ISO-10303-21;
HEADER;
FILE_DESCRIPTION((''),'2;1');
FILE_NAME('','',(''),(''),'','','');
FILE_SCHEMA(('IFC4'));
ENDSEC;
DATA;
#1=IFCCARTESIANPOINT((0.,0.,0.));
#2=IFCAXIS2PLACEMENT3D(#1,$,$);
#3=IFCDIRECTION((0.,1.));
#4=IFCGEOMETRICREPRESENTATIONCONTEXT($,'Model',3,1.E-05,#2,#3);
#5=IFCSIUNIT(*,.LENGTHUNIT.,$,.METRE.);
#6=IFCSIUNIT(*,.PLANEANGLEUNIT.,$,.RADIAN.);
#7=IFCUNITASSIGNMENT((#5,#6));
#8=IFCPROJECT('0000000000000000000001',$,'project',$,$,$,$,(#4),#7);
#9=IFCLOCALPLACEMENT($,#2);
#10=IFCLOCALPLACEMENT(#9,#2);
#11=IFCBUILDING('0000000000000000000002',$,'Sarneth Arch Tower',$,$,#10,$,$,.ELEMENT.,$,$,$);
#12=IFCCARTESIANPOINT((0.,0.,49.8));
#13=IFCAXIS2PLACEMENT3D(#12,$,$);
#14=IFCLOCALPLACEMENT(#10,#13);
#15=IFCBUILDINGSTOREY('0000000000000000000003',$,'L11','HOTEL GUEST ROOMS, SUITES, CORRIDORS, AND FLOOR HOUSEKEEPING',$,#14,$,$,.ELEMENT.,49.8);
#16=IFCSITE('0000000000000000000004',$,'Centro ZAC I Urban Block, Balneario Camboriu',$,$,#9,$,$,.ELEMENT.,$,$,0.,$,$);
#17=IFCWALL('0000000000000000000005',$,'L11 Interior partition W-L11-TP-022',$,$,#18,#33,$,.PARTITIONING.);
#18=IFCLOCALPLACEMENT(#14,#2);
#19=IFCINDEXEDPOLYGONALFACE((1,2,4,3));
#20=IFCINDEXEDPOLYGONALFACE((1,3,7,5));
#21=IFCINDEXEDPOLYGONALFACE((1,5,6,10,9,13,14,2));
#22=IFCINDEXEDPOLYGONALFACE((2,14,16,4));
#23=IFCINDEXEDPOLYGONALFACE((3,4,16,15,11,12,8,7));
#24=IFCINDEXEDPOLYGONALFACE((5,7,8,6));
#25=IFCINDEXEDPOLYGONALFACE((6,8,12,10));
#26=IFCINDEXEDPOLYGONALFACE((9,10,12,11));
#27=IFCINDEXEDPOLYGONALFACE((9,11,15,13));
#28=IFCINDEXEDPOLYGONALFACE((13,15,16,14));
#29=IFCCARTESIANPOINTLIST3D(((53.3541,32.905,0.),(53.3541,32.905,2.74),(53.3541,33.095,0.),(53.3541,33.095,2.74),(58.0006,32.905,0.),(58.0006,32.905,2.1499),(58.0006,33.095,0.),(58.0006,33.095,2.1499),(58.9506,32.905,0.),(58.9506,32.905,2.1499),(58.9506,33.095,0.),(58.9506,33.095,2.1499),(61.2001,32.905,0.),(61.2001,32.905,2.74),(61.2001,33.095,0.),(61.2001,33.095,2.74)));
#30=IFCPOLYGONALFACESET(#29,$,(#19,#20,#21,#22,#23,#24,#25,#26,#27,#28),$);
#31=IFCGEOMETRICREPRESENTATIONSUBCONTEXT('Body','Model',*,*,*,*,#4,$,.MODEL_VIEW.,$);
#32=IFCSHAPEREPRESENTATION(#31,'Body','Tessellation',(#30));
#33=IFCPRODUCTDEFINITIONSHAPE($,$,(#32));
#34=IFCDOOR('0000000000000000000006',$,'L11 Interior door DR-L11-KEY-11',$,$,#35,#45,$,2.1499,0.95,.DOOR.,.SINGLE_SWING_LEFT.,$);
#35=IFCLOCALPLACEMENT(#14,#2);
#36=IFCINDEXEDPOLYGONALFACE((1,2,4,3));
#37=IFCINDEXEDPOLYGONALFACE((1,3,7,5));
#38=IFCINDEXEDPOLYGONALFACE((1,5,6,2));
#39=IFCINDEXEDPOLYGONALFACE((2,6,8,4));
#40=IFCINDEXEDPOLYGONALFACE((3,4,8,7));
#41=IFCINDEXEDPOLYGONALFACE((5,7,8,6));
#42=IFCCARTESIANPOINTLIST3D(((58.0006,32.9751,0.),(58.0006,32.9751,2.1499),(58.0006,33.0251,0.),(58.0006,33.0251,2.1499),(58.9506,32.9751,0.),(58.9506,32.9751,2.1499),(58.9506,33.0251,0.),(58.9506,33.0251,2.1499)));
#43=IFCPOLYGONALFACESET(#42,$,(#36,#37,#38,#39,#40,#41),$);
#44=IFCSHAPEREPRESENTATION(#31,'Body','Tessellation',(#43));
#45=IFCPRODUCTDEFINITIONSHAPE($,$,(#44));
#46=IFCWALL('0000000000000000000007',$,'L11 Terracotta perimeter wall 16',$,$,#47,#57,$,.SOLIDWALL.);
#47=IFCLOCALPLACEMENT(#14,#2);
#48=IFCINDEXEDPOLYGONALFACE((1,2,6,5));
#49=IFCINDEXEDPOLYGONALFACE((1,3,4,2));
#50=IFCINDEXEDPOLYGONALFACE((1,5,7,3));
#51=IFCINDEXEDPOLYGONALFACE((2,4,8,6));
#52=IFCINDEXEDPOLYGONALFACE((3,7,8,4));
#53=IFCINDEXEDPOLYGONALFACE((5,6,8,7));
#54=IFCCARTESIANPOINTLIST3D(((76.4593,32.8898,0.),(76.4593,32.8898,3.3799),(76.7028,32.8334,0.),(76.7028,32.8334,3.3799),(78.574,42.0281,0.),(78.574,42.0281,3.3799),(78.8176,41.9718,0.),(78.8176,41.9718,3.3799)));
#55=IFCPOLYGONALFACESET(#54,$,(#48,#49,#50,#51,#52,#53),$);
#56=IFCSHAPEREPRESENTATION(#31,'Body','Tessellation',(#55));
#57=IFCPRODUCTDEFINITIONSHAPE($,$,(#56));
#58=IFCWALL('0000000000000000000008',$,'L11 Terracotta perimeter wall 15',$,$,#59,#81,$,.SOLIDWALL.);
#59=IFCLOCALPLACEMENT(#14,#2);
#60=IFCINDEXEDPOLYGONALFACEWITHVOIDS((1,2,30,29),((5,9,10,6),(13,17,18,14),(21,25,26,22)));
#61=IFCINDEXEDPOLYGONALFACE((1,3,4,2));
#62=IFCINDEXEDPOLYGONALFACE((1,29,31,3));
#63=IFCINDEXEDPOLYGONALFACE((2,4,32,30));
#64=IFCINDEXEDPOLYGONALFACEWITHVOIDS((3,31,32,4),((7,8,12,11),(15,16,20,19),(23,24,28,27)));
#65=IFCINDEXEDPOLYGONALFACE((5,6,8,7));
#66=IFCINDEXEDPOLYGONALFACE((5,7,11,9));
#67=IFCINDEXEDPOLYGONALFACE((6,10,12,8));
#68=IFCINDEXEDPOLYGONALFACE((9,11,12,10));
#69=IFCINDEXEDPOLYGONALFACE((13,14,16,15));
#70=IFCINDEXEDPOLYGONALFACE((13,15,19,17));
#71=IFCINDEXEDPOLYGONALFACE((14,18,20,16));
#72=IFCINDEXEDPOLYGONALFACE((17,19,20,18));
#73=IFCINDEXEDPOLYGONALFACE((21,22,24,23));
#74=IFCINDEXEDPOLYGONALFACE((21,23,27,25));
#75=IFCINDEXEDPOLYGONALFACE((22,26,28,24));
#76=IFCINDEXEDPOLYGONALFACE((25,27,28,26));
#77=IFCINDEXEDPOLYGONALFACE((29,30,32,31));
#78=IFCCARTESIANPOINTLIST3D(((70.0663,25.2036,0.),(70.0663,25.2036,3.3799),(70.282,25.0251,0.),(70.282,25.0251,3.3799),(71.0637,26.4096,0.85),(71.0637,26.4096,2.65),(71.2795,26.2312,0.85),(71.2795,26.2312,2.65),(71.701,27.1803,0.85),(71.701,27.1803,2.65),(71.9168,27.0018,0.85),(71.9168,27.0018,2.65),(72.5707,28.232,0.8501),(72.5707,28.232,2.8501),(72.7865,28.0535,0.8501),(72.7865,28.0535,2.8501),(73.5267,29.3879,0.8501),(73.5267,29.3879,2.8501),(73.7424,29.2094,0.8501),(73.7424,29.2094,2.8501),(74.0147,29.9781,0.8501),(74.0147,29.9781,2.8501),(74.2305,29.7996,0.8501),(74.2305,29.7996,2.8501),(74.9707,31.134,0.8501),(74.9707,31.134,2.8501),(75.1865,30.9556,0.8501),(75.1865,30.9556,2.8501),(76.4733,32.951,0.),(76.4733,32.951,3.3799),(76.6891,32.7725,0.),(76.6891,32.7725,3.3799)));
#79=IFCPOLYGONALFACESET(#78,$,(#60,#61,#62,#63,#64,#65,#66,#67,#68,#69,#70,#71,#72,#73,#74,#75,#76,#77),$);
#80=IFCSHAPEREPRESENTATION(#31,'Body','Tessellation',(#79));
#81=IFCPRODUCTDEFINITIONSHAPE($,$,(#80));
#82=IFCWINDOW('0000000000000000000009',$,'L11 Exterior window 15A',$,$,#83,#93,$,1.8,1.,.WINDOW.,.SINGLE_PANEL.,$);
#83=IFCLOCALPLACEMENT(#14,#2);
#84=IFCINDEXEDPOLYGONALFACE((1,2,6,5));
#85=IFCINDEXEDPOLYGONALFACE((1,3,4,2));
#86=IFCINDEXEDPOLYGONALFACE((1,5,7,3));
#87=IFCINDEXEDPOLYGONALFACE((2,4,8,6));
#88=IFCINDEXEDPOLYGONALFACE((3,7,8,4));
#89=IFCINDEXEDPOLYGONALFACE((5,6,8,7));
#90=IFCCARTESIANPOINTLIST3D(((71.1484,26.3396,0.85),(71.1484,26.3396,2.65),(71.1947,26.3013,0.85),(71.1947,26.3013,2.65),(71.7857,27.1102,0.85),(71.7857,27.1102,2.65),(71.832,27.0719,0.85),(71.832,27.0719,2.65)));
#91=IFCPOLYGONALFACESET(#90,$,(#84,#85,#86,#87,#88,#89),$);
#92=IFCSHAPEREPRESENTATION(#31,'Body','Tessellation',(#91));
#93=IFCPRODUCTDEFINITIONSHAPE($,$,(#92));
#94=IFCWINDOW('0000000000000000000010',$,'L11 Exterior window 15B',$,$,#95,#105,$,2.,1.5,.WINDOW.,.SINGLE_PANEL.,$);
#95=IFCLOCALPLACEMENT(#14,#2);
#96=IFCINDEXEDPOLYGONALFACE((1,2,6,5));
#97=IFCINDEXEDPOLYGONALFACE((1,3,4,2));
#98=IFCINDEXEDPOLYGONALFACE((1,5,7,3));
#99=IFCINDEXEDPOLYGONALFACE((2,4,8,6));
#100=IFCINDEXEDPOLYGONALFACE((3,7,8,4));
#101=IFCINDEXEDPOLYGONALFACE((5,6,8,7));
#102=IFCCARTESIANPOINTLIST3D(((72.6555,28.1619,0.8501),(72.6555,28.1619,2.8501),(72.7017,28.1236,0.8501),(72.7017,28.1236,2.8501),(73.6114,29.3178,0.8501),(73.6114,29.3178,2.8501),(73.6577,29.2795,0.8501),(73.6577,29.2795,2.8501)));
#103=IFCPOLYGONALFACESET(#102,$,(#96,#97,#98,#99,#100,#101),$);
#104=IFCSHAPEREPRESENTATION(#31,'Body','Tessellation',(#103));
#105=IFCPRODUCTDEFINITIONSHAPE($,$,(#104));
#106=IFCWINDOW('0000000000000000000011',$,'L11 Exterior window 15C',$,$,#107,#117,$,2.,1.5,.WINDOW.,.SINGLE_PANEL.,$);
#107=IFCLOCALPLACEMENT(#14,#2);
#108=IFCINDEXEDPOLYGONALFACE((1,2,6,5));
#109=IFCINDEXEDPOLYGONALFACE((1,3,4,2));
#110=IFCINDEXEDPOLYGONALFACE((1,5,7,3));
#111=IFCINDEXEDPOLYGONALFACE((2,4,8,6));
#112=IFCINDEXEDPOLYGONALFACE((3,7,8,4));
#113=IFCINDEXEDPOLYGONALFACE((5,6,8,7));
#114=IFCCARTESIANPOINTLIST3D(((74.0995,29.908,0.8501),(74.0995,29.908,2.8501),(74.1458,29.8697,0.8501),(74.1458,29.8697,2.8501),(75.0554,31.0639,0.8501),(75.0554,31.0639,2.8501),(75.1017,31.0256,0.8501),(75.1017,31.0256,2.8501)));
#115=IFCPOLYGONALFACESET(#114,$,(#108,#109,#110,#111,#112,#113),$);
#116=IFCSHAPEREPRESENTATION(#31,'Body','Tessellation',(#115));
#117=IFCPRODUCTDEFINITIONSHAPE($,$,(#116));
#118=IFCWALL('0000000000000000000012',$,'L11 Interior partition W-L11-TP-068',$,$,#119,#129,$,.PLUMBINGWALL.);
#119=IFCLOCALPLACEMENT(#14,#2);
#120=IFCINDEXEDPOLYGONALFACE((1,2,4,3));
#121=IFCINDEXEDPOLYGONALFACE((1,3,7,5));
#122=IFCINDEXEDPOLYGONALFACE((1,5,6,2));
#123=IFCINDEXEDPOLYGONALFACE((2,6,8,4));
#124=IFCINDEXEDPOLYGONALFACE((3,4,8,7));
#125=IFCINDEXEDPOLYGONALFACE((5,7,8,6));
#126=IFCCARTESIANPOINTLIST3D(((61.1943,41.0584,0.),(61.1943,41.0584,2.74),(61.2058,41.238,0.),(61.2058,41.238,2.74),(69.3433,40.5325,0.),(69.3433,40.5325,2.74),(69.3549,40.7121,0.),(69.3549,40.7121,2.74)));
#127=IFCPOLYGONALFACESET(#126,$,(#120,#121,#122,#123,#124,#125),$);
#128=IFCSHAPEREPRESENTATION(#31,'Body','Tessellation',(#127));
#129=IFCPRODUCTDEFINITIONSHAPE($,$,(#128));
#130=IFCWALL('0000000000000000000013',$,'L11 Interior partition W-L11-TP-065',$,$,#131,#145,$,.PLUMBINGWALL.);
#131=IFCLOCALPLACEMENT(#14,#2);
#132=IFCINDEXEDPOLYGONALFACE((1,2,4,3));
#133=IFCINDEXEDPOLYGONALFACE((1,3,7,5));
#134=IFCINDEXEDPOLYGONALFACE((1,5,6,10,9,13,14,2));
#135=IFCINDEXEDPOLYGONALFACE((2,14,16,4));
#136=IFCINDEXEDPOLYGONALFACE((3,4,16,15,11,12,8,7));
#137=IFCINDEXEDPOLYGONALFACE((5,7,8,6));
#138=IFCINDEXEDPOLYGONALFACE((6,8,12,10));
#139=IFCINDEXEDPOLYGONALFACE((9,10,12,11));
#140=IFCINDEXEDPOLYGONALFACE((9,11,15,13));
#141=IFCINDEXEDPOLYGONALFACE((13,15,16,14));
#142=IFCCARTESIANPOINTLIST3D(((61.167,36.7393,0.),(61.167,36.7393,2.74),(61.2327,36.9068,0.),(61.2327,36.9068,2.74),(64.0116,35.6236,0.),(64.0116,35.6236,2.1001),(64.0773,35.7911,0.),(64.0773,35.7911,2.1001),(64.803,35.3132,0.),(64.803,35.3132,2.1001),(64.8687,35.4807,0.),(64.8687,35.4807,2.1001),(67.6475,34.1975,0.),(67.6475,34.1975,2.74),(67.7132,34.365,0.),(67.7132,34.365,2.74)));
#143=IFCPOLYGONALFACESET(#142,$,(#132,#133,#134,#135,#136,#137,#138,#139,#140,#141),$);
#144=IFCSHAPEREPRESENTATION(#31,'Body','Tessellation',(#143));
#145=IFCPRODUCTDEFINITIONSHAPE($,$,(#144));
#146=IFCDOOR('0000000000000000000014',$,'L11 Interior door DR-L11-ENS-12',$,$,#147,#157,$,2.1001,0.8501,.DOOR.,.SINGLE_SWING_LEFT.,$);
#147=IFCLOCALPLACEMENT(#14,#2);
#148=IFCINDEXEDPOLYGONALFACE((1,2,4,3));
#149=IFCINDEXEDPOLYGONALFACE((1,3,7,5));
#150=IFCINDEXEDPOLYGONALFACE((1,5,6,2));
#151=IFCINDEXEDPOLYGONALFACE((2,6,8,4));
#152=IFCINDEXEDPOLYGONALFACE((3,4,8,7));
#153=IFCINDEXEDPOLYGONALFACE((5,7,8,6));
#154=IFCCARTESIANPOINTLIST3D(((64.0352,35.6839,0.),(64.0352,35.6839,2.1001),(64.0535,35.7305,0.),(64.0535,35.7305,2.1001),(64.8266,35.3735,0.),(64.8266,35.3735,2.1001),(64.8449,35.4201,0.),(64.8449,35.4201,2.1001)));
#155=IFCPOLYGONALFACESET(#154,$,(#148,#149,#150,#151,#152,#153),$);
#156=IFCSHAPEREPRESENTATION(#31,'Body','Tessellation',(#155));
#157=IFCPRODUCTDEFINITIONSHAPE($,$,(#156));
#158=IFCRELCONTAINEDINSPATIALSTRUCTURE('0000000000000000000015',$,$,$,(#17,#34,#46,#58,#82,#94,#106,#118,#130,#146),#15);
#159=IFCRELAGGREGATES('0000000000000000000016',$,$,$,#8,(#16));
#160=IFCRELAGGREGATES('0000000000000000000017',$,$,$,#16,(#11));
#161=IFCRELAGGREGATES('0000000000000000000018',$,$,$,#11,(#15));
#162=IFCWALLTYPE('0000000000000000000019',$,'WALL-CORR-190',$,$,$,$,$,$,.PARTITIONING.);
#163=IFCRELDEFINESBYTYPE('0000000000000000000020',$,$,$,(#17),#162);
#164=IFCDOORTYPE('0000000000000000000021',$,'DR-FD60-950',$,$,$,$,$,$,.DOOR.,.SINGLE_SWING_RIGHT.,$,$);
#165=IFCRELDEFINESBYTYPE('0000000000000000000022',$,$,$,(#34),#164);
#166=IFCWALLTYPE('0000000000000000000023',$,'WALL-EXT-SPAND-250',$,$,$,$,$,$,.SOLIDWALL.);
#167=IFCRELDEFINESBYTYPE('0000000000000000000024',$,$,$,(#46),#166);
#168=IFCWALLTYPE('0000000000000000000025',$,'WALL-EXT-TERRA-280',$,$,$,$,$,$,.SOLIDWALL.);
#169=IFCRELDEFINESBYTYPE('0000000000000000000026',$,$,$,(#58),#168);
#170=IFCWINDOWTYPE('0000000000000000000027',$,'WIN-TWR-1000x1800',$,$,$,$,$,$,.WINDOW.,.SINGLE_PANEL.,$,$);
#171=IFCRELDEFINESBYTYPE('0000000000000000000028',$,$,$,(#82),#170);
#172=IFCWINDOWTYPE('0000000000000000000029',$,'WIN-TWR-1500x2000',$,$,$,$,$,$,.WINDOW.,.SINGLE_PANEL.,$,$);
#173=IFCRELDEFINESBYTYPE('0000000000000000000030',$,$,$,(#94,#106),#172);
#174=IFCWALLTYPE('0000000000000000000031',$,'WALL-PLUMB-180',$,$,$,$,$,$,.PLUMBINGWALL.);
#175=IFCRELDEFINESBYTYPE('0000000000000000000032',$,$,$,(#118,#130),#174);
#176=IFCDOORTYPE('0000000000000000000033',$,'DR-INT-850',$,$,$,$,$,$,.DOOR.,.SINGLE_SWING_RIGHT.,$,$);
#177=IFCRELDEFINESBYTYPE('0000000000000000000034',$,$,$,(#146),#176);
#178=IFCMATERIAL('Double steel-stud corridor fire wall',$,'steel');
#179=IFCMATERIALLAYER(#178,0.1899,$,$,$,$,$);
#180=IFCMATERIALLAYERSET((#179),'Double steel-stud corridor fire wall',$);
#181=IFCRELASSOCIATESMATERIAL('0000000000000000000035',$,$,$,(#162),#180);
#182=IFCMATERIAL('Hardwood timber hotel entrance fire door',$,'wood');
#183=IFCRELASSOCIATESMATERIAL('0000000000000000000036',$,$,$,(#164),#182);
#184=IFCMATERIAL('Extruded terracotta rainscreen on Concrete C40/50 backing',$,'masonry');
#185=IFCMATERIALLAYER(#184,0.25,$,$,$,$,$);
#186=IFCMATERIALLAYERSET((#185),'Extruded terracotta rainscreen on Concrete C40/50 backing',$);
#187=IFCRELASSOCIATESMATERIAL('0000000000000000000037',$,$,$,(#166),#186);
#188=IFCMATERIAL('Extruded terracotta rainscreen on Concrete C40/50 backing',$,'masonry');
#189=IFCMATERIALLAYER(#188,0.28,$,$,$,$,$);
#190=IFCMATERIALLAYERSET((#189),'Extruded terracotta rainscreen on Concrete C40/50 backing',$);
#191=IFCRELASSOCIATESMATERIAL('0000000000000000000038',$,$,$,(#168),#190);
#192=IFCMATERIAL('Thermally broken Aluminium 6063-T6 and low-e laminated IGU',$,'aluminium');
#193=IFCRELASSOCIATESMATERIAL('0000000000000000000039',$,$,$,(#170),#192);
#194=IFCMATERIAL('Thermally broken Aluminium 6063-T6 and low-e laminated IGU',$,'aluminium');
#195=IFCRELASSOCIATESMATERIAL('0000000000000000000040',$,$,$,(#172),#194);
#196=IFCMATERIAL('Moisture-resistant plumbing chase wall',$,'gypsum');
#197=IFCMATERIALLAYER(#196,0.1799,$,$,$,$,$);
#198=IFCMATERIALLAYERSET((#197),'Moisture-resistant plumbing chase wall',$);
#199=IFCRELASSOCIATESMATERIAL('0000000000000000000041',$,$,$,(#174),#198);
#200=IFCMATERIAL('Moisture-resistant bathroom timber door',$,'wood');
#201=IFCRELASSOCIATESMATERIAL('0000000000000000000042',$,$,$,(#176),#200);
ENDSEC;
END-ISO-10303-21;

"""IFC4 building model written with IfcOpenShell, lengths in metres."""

from ifc_helpers import new_model, si_unit, direction, frame, frame_2d, origin, place, context, subcontext, project, spatial, rectangle, extrude, material, layer, layer_set, type_object, element, fill, save


model = new_model("IFC4")

# Units and contexts
model_context = context("Model", 3, precision=1e-05, world=origin(), true_north=direction((0.0, 1.0)))
body_context = subcontext(model_context, "Body", "Model", "MODEL_VIEW")
ifc_project = project(units=[si_unit("LENGTHUNIT", "METRE"), si_unit("PLANEANGLEUNIT", "RADIAN")], contexts=[model_context])

# Site, building, storey
site_placement = place(None, origin())
site = spatial("IfcSite", under=ifc_project, at=site_placement, Name="Centro ZAC I Urban Block, Balneario Camboriu", CompositionType="ELEMENT", RefElevation=0.0)
building_placement = place(site_placement, origin())
building = spatial("IfcBuilding", under=site, at=building_placement, Name="Sarneth Arch Tower", CompositionType="ELEMENT")
storey_placement = place(building_placement, frame((0.0, 0.0, 49.8)))
storey = spatial("IfcBuildingStorey", under=building, at=storey_placement, Name="L11", Description="HOTEL GUEST ROOMS, SUITES, CORRIDORS, AND FLOOR HOUSEKEEPING", CompositionType="ELEMENT", Elevation=49.8)

# Wall, opening, door
ifc_material_1 = material(Name="Double steel-stud corridor fire wall", Category="steel")
ifc_layer_1 = layer(ifc_material_1, 0.1899)
ifc_layer_set_1 = layer_set([ifc_layer_1], Name="Double steel-stud corridor fire wall")
wall_type_1 = type_object("IfcWallType", Name="WALL-CORR-190", PredefinedType="PARTITIONING", material=ifc_layer_set_1)
wall_1_placement = place(storey_placement, frame((61.2, 33.0, 0.0), z_axis=(0.0, 0.0, 1.0), x_axis=(-1.0, 0.0, 0.0)))
wall_1 = element("IfcWall", 1, at=wall_1_placement, inside=storey, type_object=wall_type_1, Name="L11 Interior partition W-L11-TP-022", PredefinedType="PARTITIONING", context=body_context, shape_type="SweptSolid", body=[
    extrude(rectangle(XDim=7.8459, YDim=0.1899, at=frame_2d((3.9229, 0.0))), origin(), (0.0, 0.0, 1.0), 2.74),
])
opening_1_placement = place(wall_1_placement, frame((2.2493, 0.0, 0.0)))
opening_1 = element("IfcOpeningElement", 2, at=opening_1_placement, cuts=wall_1, PredefinedType="OPENING", context=body_context, shape_type="SweptSolid", body=[
    extrude(rectangle(XDim=0.95, YDim=2.1499, at=frame_2d((0.4751, 1.075))), frame((0.0, 0.105, 0.0), z_axis=(0.0, -1.0, 0.0), x_axis=(1.0, 0.0, 0.0)), (0.0, 0.0, 1.0), 0.21),
])
ifc_material_2 = material(Name="Hardwood timber hotel entrance fire door", Category="wood")
door_type_1 = type_object("IfcDoorType", Name="DR-FD60-950", OperationType="SINGLE_SWING_RIGHT", PredefinedType="DOOR", material=ifc_material_2)
door_1_placement = place(opening_1_placement, origin())
door_1 = element("IfcDoor", 3, at=door_1_placement, inside=storey, type_object=door_type_1, Name="L11 Interior door DR-L11-KEY-11", OperationType="SINGLE_SWING_LEFT", OverallHeight=2.1499, OverallWidth=0.95, PredefinedType="DOOR", context=body_context, shape_type="SweptSolid", body=[
    extrude(rectangle(XDim=0.95, YDim=2.1499, at=frame_2d((0.4751, 1.075))), frame((0.0, 0.0249, 0.0), z_axis=(0.0, -1.0, 0.0), x_axis=(1.0, 0.0, 0.0)), (0.0, 0.0, 1.0), 0.05),
])
fill(opening_1, door_1)

# Wall
ifc_material_3 = material(Name="Extruded terracotta rainscreen on Concrete C40/50 backing", Category="masonry")
ifc_layer_2 = layer(ifc_material_3, 0.25)
ifc_layer_set_2 = layer_set([ifc_layer_2], Name="Extruded terracotta rainscreen on Concrete C40/50 backing")
wall_type_2 = type_object("IfcWallType", Name="WALL-EXT-SPAND-250", PredefinedType="SOLIDWALL", material=ifc_layer_set_2)
wall_2_placement = place(storey_placement, frame((76.5811, 32.8616, 0.0), z_axis=(0.0, 0.0, 1.0), x_axis=(0.225454, 0.974254, 0.0)))
element("IfcWall", 4, at=wall_2_placement, inside=storey, type_object=wall_type_2, Name="L11 Terracotta perimeter wall 16", PredefinedType="SOLIDWALL", context=body_context, shape_type="SweptSolid", body=[
    extrude(rectangle(XDim=9.3799, YDim=0.25, at=frame_2d((4.6899, 0.0))), origin(), (0.0, 0.0, 1.0), 3.3799),
])

# Wall, openings, windows
ifc_material_4 = material(Name="Extruded terracotta rainscreen on Concrete C40/50 backing", Category="masonry")
ifc_layer_3 = layer(ifc_material_4, 0.28)
ifc_layer_set_3 = layer_set([ifc_layer_3], Name="Extruded terracotta rainscreen on Concrete C40/50 backing")
wall_type_3 = type_object("IfcWallType", Name="WALL-EXT-TERRA-280", PredefinedType="SOLIDWALL", material=ifc_layer_set_3)
wall_3_placement = place(storey_placement, frame((70.1741, 25.1143, 0.0), z_axis=(0.0, 0.0, 1.0), x_axis=(0.637297, 0.770618, 0.0)))
wall_3 = element("IfcWall", 5, at=wall_3_placement, inside=storey, type_object=wall_type_3, Name="L11 Terracotta perimeter wall 15", PredefinedType="SOLIDWALL", context=body_context, shape_type="SweptSolid", body=[
    extrude(rectangle(XDim=10.0535, YDim=0.28, at=frame_2d((5.0269, 0.0))), origin(), (0.0, 0.0, 1.0), 3.3799),
])
opening_2_placement = place(wall_3_placement, frame((1.5652, 0.0, 0.8501)))
opening_2 = element("IfcOpeningElement", 6, at=opening_2_placement, cuts=wall_3, PredefinedType="OPENING", context=body_context, shape_type="SweptSolid", body=[
    extrude(rectangle(XDim=1.0, YDim=1.8, at=frame_2d((0.5, 0.8999))), frame((0.0, 0.1499, 0.0), z_axis=(0.0, -1.0, 0.0), x_axis=(1.0, 0.0, 0.0)), (0.0, 0.0, 1.0), 0.3),
])
opening_3_placement = place(wall_3_placement, frame((3.9299, 0.0, 0.8501)))
opening_3 = element("IfcOpeningElement", 7, at=opening_3_placement, cuts=wall_3, PredefinedType="OPENING", context=body_context, shape_type="SweptSolid", body=[
    extrude(rectangle(XDim=1.5, YDim=2.0, at=frame_2d((0.75, 1.0))), frame((0.0, 0.1499, 0.0), z_axis=(0.0, -1.0, 0.0), x_axis=(1.0, 0.0, 0.0)), (0.0, 0.0, 1.0), 0.3),
])
opening_4_placement = place(wall_3_placement, frame((6.1958, 0.0, 0.8501)))
opening_4 = element("IfcOpeningElement", 8, at=opening_4_placement, cuts=wall_3, PredefinedType="OPENING", context=body_context, shape_type="SweptSolid", body=[
    extrude(rectangle(XDim=1.5, YDim=2.0, at=frame_2d((0.75, 1.0))), frame((0.0, 0.1499, 0.0), z_axis=(0.0, -1.0, 0.0), x_axis=(1.0, 0.0, 0.0)), (0.0, 0.0, 1.0), 0.3),
])
ifc_material_5 = material(Name="Thermally broken Aluminium 6063-T6 and low-e laminated IGU", Category="aluminium")
window_type_1 = type_object("IfcWindowType", Name="WIN-TWR-1000x1800", PartitioningType="SINGLE_PANEL", PredefinedType="WINDOW", material=ifc_material_5)
window_1_placement = place(opening_2_placement, origin())
window_1 = element("IfcWindow", 9, at=window_1_placement, inside=storey, type_object=window_type_1, Name="L11 Exterior window 15A", OverallHeight=1.8, OverallWidth=1.0, PartitioningType="SINGLE_PANEL", PredefinedType="WINDOW", context=body_context, shape_type="SweptSolid", body=[
    extrude(rectangle(XDim=1.0, YDim=1.8, at=frame_2d((0.5, 0.8999))), frame((0.0, 0.03, 0.0), z_axis=(0.0, -1.0, 0.0), x_axis=(1.0, 0.0, 0.0)), (0.0, 0.0, 1.0), 0.0601),
])
fill(opening_2, window_1)
ifc_material_6 = material(Name="Thermally broken Aluminium 6063-T6 and low-e laminated IGU", Category="aluminium")
window_type_2 = type_object("IfcWindowType", Name="WIN-TWR-1500x2000", PartitioningType="SINGLE_PANEL", PredefinedType="WINDOW", material=ifc_material_6)
window_2_placement = place(opening_3_placement, origin())
window_2 = element("IfcWindow", 10, at=window_2_placement, inside=storey, type_object=window_type_2, Name="L11 Exterior window 15B", OverallHeight=2.0, OverallWidth=1.5, PartitioningType="SINGLE_PANEL", PredefinedType="WINDOW", context=body_context, shape_type="SweptSolid", body=[
    extrude(rectangle(XDim=1.5, YDim=2.0, at=frame_2d((0.75, 1.0))), frame((0.0, 0.03, 0.0), z_axis=(0.0, -1.0, 0.0), x_axis=(1.0, 0.0, 0.0)), (0.0, 0.0, 1.0), 0.0601),
])
fill(opening_3, window_2)
window_3_placement = place(opening_4_placement, origin())
window_3 = element("IfcWindow", 11, at=window_3_placement, inside=storey, type_object=window_type_2, Name="L11 Exterior window 15C", OverallHeight=2.0, OverallWidth=1.5, PartitioningType="SINGLE_PANEL", PredefinedType="WINDOW", context=body_context, shape_type="SweptSolid", body=[
    extrude(rectangle(XDim=1.5, YDim=2.0, at=frame_2d((0.75, 1.0))), frame((0.0, 0.03, 0.0), z_axis=(0.0, -1.0, 0.0), x_axis=(1.0, 0.0, 0.0)), (0.0, 0.0, 1.0), 0.0601),
])
fill(opening_4, window_3)

# Wall
ifc_material_7 = material(Name="Moisture-resistant plumbing chase wall", Category="gypsum")
ifc_layer_4 = layer(ifc_material_7, 0.1799)
ifc_layer_set_4 = layer_set([ifc_layer_4], Name="Moisture-resistant plumbing chase wall")
wall_type_4 = type_object("IfcWallType", Name="WALL-PLUMB-180", PredefinedType="PLUMBINGWALL", material=ifc_layer_set_4)
wall_4_placement = place(storey_placement, frame((69.3491, 40.6223, 0.0), z_axis=(0.0, 0.0, 1.0), x_axis=(-0.997924, 0.064398, 0.0)))
element("IfcWall", 12, at=wall_4_placement, inside=storey, type_object=wall_type_4, Name="L11 Interior partition W-L11-TP-068", PredefinedType="PLUMBINGWALL", context=body_context, shape_type="SweptSolid", body=[
    extrude(rectangle(XDim=8.166, YDim=0.1799, at=frame_2d((4.083, 0.0))), origin(), (0.0, 0.0, 1.0), 2.74),
])

# Wall, opening, door
wall_5_placement = place(storey_placement, frame((61.2, 36.823, 0.0), z_axis=(0.0, 0.0, 1.0), x_axis=(0.930954, -0.365136, 0.0)))
wall_5 = element("IfcWall", 13, at=wall_5_placement, inside=storey, type_object=wall_type_4, Name="L11 Interior partition W-L11-TP-065", PredefinedType="PLUMBINGWALL", context=body_context, shape_type="SweptSolid", body=[
    extrude(rectangle(XDim=6.9612, YDim=0.1799, at=frame_2d((3.4805, 0.0))), origin(), (0.0, 0.0, 1.0), 2.74),
])
opening_5_placement = place(wall_5_placement, frame((3.0554, 0.0, 0.0)))
opening_5 = element("IfcOpeningElement", 14, at=opening_5_placement, cuts=wall_5, PredefinedType="OPENING", context=body_context, shape_type="SweptSolid", body=[
    extrude(rectangle(XDim=0.8501, YDim=2.1001, at=frame_2d((0.425, 1.05))), frame((0.0, 0.0999, 0.0), z_axis=(0.0, -1.0, 0.0), x_axis=(1.0, 0.0, 0.0)), (0.0, 0.0, 1.0), 0.2),
])
ifc_material_8 = material(Name="Moisture-resistant bathroom timber door", Category="wood")
door_type_2 = type_object("IfcDoorType", Name="DR-INT-850", OperationType="SINGLE_SWING_RIGHT", PredefinedType="DOOR", material=ifc_material_8)
door_2_placement = place(opening_5_placement, origin())
door_2 = element("IfcDoor", 15, at=door_2_placement, inside=storey, type_object=door_type_2, Name="L11 Interior door DR-L11-ENS-12", OperationType="SINGLE_SWING_LEFT", OverallHeight=2.1001, OverallWidth=0.8501, PredefinedType="DOOR", context=body_context, shape_type="SweptSolid", body=[
    extrude(rectangle(XDim=0.8501, YDim=2.1001, at=frame_2d((0.425, 1.05))), frame((0.0, 0.0249, 0.0), z_axis=(0.0, -1.0, 0.0), x_axis=(1.0, 0.0, 0.0)), (0.0, 0.0, 1.0), 0.05),
])
fill(opening_5, door_2)

save(model, "model.ifc")
